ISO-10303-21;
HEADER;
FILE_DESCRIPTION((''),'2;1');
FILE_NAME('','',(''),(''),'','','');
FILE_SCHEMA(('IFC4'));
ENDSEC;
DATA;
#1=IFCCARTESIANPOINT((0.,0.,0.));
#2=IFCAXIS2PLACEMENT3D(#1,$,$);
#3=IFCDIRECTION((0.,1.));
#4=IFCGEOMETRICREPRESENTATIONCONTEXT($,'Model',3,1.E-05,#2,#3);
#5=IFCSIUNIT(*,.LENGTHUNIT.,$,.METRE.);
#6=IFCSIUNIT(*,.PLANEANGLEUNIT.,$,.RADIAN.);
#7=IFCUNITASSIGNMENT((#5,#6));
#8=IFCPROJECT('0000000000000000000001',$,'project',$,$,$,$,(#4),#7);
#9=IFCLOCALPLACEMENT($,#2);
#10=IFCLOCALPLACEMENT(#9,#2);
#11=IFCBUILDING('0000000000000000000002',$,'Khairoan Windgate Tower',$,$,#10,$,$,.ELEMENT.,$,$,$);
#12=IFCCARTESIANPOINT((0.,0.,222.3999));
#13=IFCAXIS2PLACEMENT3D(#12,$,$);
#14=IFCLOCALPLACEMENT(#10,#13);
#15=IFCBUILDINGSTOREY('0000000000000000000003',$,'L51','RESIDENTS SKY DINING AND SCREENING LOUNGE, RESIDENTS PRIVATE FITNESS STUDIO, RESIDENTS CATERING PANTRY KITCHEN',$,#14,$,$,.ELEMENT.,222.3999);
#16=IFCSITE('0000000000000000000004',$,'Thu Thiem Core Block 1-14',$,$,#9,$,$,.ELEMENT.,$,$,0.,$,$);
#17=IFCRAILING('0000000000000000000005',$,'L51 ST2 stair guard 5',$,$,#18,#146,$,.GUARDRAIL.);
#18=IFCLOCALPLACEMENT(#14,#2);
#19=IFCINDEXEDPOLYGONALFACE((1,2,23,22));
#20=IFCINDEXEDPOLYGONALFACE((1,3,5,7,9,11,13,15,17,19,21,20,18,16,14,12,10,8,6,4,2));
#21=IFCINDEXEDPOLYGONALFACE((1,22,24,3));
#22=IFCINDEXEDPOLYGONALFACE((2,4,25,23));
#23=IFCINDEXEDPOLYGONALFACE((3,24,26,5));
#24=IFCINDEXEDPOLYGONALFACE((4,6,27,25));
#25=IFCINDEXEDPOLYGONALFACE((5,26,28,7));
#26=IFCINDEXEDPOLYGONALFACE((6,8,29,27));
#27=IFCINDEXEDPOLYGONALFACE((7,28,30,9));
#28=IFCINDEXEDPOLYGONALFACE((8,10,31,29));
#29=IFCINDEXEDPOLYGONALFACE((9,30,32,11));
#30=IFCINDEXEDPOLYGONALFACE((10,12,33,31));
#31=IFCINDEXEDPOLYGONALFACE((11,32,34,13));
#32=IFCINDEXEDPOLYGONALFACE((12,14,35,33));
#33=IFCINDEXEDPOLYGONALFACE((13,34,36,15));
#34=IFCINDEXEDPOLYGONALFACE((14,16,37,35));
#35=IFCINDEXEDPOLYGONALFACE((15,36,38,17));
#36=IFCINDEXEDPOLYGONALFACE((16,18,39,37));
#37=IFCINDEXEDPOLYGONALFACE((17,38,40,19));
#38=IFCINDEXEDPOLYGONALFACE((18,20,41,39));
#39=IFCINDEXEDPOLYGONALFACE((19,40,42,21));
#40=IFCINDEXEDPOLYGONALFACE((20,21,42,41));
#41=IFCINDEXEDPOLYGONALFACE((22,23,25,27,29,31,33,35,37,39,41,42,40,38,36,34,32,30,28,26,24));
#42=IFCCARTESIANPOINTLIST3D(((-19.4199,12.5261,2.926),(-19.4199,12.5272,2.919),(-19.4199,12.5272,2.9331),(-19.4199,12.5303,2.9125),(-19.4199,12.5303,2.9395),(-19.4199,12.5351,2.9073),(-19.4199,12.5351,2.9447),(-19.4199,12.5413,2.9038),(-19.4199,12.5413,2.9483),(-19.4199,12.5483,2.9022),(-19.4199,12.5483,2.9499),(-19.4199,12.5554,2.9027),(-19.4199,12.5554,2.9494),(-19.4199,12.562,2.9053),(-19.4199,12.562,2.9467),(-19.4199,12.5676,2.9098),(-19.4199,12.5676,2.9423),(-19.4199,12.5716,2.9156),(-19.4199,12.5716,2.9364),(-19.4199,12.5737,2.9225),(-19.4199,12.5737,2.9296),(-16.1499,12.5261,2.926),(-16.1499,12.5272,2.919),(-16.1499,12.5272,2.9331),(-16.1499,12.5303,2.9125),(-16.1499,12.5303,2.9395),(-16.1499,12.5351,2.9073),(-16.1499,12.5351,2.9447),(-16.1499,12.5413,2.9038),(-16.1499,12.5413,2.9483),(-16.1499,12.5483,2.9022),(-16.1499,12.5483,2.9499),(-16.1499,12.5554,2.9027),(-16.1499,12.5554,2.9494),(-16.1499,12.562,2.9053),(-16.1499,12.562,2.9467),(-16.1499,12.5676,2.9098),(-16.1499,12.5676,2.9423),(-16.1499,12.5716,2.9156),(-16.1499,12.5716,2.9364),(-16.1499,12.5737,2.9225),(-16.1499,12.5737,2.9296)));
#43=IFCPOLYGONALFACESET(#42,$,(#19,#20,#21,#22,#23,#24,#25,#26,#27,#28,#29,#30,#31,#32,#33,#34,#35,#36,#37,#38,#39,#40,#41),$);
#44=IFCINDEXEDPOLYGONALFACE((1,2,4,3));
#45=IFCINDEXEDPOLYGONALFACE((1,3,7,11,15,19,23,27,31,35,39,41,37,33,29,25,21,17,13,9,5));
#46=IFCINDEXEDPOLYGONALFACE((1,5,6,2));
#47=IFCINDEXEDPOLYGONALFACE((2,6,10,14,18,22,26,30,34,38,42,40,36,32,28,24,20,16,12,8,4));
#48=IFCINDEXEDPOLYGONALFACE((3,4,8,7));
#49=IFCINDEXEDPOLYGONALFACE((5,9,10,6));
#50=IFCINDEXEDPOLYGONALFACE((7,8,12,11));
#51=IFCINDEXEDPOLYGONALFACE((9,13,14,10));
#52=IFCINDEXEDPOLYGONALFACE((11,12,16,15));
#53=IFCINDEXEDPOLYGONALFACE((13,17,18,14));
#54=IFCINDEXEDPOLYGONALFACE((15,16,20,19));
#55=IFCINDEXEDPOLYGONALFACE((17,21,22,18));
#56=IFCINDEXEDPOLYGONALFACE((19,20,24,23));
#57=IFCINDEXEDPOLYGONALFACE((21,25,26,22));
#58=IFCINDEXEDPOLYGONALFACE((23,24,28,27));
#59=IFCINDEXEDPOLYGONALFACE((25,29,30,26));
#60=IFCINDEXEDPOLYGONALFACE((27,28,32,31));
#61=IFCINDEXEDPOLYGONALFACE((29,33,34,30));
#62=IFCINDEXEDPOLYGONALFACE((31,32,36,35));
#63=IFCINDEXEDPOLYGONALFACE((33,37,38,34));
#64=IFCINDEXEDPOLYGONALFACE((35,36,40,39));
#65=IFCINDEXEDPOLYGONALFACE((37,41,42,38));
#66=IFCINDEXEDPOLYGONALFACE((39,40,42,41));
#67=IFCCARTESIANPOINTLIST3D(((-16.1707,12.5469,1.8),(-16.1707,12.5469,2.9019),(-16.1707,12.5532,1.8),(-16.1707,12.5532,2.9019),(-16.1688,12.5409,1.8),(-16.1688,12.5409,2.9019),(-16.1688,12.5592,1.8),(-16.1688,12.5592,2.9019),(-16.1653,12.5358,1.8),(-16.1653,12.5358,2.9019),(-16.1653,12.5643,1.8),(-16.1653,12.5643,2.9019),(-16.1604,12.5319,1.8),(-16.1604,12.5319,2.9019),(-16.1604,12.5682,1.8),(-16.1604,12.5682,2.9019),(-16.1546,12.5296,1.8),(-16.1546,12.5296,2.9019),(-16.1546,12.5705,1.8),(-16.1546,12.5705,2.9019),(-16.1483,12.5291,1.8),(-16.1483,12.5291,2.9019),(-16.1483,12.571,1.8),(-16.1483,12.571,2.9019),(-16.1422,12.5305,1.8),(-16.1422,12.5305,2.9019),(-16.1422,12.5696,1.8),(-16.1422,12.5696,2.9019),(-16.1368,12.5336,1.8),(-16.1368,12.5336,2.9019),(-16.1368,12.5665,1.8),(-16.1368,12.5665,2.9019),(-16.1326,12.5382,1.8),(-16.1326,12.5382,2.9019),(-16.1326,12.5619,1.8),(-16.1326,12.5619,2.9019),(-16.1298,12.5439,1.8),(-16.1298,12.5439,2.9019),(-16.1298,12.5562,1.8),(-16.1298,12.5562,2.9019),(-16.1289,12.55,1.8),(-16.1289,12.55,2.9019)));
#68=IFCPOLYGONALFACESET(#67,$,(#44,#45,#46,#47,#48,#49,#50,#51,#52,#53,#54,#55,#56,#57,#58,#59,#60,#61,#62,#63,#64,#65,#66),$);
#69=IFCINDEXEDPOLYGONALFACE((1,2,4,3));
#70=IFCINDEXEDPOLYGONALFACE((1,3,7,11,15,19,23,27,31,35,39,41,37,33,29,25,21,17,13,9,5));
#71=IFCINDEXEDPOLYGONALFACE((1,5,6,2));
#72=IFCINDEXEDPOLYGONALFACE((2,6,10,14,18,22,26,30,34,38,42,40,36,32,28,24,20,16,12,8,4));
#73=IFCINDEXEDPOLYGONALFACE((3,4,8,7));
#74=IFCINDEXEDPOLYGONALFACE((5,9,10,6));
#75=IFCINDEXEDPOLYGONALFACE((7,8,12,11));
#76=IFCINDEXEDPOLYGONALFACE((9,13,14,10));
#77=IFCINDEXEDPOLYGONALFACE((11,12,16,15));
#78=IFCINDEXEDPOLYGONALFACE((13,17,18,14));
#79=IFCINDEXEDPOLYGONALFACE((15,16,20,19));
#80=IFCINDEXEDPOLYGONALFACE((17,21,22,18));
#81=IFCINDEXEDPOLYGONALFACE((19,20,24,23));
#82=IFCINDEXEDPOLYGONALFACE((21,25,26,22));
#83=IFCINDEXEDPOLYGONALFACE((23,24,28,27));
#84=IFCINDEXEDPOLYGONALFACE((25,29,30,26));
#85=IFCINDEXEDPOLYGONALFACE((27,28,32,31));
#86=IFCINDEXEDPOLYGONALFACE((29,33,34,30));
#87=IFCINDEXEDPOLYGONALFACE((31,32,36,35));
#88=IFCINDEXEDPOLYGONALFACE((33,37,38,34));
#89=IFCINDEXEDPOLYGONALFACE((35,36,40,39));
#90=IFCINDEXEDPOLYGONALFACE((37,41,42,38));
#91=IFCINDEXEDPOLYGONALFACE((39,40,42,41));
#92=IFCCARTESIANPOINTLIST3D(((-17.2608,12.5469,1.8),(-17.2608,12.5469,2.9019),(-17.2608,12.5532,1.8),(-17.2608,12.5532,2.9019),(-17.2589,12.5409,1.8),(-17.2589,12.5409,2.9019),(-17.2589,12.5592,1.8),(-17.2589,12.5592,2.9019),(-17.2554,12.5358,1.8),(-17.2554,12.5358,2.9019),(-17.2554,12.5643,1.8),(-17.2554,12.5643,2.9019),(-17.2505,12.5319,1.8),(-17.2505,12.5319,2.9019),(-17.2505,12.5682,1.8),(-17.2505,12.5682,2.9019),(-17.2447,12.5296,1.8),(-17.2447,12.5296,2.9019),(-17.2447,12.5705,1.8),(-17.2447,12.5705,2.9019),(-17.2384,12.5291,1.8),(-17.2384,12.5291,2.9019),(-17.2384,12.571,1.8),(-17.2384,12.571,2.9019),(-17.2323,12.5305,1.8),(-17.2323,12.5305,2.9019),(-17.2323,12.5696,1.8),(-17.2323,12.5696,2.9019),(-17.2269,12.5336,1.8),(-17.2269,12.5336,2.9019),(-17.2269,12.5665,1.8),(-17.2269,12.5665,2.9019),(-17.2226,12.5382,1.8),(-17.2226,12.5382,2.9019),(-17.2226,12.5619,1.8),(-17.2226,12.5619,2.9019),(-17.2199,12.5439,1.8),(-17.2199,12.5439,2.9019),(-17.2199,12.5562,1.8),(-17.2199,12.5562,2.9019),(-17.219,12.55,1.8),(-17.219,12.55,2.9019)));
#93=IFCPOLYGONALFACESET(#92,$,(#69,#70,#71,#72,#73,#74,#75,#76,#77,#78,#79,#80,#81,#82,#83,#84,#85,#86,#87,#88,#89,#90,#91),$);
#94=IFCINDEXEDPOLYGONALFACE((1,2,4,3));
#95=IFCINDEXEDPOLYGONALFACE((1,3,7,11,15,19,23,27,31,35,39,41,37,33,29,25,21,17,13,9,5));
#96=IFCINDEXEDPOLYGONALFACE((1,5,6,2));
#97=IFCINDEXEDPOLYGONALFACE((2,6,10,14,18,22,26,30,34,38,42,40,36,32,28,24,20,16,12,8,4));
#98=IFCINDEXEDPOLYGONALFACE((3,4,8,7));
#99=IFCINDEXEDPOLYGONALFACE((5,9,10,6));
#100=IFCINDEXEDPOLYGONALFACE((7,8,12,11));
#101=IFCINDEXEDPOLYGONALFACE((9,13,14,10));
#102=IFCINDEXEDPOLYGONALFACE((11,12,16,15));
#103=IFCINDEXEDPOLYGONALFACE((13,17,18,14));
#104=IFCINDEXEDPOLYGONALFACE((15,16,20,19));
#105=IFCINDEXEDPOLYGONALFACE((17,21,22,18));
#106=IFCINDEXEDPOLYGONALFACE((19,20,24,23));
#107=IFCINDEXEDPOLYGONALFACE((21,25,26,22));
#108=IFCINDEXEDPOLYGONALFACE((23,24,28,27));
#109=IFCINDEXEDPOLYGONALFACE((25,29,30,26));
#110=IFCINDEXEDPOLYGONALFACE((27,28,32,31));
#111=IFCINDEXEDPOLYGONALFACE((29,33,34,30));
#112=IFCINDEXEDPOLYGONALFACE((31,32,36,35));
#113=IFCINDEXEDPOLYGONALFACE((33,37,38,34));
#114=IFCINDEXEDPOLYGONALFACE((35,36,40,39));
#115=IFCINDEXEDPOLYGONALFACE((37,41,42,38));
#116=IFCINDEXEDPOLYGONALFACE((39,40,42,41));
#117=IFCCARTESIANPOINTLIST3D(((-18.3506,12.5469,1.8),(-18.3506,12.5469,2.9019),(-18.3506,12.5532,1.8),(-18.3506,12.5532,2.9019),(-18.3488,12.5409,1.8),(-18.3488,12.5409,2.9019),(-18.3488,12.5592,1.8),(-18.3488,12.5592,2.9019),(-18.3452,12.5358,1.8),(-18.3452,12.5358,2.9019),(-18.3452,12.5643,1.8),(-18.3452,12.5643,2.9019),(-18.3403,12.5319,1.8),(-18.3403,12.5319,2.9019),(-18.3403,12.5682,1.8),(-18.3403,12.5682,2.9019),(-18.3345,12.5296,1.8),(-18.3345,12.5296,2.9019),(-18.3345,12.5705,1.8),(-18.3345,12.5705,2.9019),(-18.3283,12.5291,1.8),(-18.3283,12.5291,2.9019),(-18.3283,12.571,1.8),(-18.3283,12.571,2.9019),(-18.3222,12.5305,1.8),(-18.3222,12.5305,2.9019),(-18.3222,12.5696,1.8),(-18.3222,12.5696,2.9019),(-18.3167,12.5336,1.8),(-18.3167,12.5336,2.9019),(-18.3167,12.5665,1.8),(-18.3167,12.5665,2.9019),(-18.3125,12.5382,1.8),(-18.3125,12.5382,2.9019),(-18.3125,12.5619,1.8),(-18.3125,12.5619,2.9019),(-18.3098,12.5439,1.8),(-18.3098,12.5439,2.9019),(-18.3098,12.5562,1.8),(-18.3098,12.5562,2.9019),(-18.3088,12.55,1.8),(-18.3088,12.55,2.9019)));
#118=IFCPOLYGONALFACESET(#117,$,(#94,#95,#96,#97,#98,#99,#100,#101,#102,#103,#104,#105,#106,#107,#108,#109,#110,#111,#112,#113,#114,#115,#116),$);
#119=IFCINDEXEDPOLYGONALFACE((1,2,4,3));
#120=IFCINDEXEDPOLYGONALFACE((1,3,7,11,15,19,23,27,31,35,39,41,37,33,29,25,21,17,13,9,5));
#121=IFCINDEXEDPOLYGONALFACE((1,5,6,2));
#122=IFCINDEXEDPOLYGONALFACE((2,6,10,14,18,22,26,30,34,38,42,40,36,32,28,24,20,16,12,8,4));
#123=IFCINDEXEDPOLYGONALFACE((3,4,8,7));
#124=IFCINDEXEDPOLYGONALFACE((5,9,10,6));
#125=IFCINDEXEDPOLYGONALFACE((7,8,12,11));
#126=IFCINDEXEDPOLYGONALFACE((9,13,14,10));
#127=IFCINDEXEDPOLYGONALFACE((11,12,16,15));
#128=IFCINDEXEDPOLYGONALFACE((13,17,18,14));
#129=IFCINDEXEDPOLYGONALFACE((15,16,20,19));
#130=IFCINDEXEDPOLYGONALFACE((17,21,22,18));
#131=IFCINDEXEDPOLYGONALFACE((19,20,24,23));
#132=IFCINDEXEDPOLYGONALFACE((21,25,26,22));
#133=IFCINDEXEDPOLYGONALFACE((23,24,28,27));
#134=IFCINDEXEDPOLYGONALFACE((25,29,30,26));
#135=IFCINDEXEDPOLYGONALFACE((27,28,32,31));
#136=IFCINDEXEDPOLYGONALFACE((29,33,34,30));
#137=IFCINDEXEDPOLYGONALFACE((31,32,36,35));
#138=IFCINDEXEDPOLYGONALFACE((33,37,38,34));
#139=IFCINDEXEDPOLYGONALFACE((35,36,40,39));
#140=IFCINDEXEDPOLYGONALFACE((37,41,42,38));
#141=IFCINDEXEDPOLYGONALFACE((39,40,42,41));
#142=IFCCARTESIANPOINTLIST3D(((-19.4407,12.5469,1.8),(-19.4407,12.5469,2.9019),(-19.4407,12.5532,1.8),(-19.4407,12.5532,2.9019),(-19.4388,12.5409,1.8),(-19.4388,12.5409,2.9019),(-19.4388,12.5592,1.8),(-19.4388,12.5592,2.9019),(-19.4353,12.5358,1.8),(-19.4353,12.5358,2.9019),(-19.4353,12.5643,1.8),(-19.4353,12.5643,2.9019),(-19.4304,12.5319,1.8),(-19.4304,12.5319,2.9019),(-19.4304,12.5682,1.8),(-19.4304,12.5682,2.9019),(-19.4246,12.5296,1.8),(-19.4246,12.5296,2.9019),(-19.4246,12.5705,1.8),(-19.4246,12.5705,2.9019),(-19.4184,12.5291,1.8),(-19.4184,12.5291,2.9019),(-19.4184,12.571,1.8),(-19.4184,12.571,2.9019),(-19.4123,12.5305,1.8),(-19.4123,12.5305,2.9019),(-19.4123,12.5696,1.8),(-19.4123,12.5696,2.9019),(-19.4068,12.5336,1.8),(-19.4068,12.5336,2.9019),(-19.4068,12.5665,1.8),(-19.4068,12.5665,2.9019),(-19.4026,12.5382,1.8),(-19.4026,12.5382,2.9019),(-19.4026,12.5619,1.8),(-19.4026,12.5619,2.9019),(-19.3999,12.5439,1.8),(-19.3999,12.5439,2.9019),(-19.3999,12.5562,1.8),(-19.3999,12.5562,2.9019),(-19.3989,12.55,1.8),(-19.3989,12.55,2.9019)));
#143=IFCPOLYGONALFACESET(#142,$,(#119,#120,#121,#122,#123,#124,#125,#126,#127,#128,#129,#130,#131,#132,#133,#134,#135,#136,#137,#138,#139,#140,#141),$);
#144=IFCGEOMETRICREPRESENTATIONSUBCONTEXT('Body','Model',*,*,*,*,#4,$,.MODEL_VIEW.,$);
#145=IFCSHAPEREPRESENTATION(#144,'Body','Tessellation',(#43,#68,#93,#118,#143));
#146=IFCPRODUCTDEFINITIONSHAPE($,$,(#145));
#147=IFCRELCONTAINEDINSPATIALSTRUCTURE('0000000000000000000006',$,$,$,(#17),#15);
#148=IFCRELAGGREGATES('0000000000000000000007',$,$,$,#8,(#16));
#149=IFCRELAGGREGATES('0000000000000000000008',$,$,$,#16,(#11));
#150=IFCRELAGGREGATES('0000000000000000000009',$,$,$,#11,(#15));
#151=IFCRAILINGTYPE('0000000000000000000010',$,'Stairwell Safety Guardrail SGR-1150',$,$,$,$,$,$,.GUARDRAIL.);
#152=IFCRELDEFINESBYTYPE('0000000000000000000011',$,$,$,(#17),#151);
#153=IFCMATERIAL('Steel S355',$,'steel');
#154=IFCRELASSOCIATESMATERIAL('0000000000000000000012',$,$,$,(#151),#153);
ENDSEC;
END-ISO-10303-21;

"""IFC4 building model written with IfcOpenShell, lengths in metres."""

from ifc_helpers import new_model, si_unit, direction, frame, origin, origin_2d, place, context, subcontext, project, spatial, circle, extrude, material, type_object, element, save


model = new_model("IFC4")

# Units and contexts
model_context = context("Model", 3, precision=1e-05, world=origin(), true_north=direction((0.0, 1.0)))
body_context = subcontext(model_context, "Body", "Model", "MODEL_VIEW")
ifc_project = project(units=[si_unit("LENGTHUNIT", "METRE"), si_unit("PLANEANGLEUNIT", "RADIAN")], contexts=[model_context])

# Site, building, storey
site_placement = place(None, origin())
site = spatial("IfcSite", under=ifc_project, at=site_placement, Name="Thu Thiem Core Block 1-14", CompositionType="ELEMENT", RefElevation=0.0)
building_placement = place(site_placement, origin())
building = spatial("IfcBuilding", under=site, at=building_placement, Name="Khairoan Windgate Tower", CompositionType="ELEMENT")
storey_placement = place(building_placement, frame((0.0, 0.0, 222.3999)))
storey = spatial("IfcBuildingStorey", under=building, at=storey_placement, Name="L51", Description="RESIDENTS SKY DINING AND SCREENING LOUNGE, RESIDENTS PRIVATE FITNESS STUDIO, RESIDENTS CATERING PANTRY KITCHEN", CompositionType="ELEMENT", Elevation=222.3999)

# Railing
ifc_material_1 = material(Name="Steel S355", Category="steel")
railing_type = type_object("IfcRailingType", Name="Stairwell Safety Guardrail SGR-1150", PredefinedType="GUARDRAIL", material=ifc_material_1)
railing_1_placement = place(storey_placement, frame((-16.1499, 12.55, 1.8)))
element("IfcRailing", 1, at=railing_1_placement, inside=storey, type_object=railing_type, Name="L51 ST2 stair guard 5", PredefinedType="GUARDRAIL", context=body_context, shape_type="SweptSolid", body=[
    extrude(circle(Radius=0.0239, at=origin_2d()), frame((0.0, 0.0, 1.126), z_axis=(-1.0, 0.0, 0.0), x_axis=(0.0, -1.0, 0.0)), (0.0, 0.0, 1.0), 3.27),
    extrude(circle(Radius=0.021, at=origin_2d()), origin(), (0.0, 0.0, 1.0), 1.1018),
    extrude(circle(Radius=0.021, at=origin_2d()), frame((-1.0901, 0.0, 0.0)), (0.0, 0.0, 1.0), 1.1018),
    extrude(circle(Radius=0.021, at=origin_2d()), frame((-2.1799, 0.0, 0.0)), (0.0, 0.0, 1.0), 1.1018),
    extrude(circle(Radius=0.021, at=origin_2d()), frame((-3.27, 0.0, 0.0)), (0.0, 0.0, 1.0), 1.1018),
])

save(model, "model.ifc")
